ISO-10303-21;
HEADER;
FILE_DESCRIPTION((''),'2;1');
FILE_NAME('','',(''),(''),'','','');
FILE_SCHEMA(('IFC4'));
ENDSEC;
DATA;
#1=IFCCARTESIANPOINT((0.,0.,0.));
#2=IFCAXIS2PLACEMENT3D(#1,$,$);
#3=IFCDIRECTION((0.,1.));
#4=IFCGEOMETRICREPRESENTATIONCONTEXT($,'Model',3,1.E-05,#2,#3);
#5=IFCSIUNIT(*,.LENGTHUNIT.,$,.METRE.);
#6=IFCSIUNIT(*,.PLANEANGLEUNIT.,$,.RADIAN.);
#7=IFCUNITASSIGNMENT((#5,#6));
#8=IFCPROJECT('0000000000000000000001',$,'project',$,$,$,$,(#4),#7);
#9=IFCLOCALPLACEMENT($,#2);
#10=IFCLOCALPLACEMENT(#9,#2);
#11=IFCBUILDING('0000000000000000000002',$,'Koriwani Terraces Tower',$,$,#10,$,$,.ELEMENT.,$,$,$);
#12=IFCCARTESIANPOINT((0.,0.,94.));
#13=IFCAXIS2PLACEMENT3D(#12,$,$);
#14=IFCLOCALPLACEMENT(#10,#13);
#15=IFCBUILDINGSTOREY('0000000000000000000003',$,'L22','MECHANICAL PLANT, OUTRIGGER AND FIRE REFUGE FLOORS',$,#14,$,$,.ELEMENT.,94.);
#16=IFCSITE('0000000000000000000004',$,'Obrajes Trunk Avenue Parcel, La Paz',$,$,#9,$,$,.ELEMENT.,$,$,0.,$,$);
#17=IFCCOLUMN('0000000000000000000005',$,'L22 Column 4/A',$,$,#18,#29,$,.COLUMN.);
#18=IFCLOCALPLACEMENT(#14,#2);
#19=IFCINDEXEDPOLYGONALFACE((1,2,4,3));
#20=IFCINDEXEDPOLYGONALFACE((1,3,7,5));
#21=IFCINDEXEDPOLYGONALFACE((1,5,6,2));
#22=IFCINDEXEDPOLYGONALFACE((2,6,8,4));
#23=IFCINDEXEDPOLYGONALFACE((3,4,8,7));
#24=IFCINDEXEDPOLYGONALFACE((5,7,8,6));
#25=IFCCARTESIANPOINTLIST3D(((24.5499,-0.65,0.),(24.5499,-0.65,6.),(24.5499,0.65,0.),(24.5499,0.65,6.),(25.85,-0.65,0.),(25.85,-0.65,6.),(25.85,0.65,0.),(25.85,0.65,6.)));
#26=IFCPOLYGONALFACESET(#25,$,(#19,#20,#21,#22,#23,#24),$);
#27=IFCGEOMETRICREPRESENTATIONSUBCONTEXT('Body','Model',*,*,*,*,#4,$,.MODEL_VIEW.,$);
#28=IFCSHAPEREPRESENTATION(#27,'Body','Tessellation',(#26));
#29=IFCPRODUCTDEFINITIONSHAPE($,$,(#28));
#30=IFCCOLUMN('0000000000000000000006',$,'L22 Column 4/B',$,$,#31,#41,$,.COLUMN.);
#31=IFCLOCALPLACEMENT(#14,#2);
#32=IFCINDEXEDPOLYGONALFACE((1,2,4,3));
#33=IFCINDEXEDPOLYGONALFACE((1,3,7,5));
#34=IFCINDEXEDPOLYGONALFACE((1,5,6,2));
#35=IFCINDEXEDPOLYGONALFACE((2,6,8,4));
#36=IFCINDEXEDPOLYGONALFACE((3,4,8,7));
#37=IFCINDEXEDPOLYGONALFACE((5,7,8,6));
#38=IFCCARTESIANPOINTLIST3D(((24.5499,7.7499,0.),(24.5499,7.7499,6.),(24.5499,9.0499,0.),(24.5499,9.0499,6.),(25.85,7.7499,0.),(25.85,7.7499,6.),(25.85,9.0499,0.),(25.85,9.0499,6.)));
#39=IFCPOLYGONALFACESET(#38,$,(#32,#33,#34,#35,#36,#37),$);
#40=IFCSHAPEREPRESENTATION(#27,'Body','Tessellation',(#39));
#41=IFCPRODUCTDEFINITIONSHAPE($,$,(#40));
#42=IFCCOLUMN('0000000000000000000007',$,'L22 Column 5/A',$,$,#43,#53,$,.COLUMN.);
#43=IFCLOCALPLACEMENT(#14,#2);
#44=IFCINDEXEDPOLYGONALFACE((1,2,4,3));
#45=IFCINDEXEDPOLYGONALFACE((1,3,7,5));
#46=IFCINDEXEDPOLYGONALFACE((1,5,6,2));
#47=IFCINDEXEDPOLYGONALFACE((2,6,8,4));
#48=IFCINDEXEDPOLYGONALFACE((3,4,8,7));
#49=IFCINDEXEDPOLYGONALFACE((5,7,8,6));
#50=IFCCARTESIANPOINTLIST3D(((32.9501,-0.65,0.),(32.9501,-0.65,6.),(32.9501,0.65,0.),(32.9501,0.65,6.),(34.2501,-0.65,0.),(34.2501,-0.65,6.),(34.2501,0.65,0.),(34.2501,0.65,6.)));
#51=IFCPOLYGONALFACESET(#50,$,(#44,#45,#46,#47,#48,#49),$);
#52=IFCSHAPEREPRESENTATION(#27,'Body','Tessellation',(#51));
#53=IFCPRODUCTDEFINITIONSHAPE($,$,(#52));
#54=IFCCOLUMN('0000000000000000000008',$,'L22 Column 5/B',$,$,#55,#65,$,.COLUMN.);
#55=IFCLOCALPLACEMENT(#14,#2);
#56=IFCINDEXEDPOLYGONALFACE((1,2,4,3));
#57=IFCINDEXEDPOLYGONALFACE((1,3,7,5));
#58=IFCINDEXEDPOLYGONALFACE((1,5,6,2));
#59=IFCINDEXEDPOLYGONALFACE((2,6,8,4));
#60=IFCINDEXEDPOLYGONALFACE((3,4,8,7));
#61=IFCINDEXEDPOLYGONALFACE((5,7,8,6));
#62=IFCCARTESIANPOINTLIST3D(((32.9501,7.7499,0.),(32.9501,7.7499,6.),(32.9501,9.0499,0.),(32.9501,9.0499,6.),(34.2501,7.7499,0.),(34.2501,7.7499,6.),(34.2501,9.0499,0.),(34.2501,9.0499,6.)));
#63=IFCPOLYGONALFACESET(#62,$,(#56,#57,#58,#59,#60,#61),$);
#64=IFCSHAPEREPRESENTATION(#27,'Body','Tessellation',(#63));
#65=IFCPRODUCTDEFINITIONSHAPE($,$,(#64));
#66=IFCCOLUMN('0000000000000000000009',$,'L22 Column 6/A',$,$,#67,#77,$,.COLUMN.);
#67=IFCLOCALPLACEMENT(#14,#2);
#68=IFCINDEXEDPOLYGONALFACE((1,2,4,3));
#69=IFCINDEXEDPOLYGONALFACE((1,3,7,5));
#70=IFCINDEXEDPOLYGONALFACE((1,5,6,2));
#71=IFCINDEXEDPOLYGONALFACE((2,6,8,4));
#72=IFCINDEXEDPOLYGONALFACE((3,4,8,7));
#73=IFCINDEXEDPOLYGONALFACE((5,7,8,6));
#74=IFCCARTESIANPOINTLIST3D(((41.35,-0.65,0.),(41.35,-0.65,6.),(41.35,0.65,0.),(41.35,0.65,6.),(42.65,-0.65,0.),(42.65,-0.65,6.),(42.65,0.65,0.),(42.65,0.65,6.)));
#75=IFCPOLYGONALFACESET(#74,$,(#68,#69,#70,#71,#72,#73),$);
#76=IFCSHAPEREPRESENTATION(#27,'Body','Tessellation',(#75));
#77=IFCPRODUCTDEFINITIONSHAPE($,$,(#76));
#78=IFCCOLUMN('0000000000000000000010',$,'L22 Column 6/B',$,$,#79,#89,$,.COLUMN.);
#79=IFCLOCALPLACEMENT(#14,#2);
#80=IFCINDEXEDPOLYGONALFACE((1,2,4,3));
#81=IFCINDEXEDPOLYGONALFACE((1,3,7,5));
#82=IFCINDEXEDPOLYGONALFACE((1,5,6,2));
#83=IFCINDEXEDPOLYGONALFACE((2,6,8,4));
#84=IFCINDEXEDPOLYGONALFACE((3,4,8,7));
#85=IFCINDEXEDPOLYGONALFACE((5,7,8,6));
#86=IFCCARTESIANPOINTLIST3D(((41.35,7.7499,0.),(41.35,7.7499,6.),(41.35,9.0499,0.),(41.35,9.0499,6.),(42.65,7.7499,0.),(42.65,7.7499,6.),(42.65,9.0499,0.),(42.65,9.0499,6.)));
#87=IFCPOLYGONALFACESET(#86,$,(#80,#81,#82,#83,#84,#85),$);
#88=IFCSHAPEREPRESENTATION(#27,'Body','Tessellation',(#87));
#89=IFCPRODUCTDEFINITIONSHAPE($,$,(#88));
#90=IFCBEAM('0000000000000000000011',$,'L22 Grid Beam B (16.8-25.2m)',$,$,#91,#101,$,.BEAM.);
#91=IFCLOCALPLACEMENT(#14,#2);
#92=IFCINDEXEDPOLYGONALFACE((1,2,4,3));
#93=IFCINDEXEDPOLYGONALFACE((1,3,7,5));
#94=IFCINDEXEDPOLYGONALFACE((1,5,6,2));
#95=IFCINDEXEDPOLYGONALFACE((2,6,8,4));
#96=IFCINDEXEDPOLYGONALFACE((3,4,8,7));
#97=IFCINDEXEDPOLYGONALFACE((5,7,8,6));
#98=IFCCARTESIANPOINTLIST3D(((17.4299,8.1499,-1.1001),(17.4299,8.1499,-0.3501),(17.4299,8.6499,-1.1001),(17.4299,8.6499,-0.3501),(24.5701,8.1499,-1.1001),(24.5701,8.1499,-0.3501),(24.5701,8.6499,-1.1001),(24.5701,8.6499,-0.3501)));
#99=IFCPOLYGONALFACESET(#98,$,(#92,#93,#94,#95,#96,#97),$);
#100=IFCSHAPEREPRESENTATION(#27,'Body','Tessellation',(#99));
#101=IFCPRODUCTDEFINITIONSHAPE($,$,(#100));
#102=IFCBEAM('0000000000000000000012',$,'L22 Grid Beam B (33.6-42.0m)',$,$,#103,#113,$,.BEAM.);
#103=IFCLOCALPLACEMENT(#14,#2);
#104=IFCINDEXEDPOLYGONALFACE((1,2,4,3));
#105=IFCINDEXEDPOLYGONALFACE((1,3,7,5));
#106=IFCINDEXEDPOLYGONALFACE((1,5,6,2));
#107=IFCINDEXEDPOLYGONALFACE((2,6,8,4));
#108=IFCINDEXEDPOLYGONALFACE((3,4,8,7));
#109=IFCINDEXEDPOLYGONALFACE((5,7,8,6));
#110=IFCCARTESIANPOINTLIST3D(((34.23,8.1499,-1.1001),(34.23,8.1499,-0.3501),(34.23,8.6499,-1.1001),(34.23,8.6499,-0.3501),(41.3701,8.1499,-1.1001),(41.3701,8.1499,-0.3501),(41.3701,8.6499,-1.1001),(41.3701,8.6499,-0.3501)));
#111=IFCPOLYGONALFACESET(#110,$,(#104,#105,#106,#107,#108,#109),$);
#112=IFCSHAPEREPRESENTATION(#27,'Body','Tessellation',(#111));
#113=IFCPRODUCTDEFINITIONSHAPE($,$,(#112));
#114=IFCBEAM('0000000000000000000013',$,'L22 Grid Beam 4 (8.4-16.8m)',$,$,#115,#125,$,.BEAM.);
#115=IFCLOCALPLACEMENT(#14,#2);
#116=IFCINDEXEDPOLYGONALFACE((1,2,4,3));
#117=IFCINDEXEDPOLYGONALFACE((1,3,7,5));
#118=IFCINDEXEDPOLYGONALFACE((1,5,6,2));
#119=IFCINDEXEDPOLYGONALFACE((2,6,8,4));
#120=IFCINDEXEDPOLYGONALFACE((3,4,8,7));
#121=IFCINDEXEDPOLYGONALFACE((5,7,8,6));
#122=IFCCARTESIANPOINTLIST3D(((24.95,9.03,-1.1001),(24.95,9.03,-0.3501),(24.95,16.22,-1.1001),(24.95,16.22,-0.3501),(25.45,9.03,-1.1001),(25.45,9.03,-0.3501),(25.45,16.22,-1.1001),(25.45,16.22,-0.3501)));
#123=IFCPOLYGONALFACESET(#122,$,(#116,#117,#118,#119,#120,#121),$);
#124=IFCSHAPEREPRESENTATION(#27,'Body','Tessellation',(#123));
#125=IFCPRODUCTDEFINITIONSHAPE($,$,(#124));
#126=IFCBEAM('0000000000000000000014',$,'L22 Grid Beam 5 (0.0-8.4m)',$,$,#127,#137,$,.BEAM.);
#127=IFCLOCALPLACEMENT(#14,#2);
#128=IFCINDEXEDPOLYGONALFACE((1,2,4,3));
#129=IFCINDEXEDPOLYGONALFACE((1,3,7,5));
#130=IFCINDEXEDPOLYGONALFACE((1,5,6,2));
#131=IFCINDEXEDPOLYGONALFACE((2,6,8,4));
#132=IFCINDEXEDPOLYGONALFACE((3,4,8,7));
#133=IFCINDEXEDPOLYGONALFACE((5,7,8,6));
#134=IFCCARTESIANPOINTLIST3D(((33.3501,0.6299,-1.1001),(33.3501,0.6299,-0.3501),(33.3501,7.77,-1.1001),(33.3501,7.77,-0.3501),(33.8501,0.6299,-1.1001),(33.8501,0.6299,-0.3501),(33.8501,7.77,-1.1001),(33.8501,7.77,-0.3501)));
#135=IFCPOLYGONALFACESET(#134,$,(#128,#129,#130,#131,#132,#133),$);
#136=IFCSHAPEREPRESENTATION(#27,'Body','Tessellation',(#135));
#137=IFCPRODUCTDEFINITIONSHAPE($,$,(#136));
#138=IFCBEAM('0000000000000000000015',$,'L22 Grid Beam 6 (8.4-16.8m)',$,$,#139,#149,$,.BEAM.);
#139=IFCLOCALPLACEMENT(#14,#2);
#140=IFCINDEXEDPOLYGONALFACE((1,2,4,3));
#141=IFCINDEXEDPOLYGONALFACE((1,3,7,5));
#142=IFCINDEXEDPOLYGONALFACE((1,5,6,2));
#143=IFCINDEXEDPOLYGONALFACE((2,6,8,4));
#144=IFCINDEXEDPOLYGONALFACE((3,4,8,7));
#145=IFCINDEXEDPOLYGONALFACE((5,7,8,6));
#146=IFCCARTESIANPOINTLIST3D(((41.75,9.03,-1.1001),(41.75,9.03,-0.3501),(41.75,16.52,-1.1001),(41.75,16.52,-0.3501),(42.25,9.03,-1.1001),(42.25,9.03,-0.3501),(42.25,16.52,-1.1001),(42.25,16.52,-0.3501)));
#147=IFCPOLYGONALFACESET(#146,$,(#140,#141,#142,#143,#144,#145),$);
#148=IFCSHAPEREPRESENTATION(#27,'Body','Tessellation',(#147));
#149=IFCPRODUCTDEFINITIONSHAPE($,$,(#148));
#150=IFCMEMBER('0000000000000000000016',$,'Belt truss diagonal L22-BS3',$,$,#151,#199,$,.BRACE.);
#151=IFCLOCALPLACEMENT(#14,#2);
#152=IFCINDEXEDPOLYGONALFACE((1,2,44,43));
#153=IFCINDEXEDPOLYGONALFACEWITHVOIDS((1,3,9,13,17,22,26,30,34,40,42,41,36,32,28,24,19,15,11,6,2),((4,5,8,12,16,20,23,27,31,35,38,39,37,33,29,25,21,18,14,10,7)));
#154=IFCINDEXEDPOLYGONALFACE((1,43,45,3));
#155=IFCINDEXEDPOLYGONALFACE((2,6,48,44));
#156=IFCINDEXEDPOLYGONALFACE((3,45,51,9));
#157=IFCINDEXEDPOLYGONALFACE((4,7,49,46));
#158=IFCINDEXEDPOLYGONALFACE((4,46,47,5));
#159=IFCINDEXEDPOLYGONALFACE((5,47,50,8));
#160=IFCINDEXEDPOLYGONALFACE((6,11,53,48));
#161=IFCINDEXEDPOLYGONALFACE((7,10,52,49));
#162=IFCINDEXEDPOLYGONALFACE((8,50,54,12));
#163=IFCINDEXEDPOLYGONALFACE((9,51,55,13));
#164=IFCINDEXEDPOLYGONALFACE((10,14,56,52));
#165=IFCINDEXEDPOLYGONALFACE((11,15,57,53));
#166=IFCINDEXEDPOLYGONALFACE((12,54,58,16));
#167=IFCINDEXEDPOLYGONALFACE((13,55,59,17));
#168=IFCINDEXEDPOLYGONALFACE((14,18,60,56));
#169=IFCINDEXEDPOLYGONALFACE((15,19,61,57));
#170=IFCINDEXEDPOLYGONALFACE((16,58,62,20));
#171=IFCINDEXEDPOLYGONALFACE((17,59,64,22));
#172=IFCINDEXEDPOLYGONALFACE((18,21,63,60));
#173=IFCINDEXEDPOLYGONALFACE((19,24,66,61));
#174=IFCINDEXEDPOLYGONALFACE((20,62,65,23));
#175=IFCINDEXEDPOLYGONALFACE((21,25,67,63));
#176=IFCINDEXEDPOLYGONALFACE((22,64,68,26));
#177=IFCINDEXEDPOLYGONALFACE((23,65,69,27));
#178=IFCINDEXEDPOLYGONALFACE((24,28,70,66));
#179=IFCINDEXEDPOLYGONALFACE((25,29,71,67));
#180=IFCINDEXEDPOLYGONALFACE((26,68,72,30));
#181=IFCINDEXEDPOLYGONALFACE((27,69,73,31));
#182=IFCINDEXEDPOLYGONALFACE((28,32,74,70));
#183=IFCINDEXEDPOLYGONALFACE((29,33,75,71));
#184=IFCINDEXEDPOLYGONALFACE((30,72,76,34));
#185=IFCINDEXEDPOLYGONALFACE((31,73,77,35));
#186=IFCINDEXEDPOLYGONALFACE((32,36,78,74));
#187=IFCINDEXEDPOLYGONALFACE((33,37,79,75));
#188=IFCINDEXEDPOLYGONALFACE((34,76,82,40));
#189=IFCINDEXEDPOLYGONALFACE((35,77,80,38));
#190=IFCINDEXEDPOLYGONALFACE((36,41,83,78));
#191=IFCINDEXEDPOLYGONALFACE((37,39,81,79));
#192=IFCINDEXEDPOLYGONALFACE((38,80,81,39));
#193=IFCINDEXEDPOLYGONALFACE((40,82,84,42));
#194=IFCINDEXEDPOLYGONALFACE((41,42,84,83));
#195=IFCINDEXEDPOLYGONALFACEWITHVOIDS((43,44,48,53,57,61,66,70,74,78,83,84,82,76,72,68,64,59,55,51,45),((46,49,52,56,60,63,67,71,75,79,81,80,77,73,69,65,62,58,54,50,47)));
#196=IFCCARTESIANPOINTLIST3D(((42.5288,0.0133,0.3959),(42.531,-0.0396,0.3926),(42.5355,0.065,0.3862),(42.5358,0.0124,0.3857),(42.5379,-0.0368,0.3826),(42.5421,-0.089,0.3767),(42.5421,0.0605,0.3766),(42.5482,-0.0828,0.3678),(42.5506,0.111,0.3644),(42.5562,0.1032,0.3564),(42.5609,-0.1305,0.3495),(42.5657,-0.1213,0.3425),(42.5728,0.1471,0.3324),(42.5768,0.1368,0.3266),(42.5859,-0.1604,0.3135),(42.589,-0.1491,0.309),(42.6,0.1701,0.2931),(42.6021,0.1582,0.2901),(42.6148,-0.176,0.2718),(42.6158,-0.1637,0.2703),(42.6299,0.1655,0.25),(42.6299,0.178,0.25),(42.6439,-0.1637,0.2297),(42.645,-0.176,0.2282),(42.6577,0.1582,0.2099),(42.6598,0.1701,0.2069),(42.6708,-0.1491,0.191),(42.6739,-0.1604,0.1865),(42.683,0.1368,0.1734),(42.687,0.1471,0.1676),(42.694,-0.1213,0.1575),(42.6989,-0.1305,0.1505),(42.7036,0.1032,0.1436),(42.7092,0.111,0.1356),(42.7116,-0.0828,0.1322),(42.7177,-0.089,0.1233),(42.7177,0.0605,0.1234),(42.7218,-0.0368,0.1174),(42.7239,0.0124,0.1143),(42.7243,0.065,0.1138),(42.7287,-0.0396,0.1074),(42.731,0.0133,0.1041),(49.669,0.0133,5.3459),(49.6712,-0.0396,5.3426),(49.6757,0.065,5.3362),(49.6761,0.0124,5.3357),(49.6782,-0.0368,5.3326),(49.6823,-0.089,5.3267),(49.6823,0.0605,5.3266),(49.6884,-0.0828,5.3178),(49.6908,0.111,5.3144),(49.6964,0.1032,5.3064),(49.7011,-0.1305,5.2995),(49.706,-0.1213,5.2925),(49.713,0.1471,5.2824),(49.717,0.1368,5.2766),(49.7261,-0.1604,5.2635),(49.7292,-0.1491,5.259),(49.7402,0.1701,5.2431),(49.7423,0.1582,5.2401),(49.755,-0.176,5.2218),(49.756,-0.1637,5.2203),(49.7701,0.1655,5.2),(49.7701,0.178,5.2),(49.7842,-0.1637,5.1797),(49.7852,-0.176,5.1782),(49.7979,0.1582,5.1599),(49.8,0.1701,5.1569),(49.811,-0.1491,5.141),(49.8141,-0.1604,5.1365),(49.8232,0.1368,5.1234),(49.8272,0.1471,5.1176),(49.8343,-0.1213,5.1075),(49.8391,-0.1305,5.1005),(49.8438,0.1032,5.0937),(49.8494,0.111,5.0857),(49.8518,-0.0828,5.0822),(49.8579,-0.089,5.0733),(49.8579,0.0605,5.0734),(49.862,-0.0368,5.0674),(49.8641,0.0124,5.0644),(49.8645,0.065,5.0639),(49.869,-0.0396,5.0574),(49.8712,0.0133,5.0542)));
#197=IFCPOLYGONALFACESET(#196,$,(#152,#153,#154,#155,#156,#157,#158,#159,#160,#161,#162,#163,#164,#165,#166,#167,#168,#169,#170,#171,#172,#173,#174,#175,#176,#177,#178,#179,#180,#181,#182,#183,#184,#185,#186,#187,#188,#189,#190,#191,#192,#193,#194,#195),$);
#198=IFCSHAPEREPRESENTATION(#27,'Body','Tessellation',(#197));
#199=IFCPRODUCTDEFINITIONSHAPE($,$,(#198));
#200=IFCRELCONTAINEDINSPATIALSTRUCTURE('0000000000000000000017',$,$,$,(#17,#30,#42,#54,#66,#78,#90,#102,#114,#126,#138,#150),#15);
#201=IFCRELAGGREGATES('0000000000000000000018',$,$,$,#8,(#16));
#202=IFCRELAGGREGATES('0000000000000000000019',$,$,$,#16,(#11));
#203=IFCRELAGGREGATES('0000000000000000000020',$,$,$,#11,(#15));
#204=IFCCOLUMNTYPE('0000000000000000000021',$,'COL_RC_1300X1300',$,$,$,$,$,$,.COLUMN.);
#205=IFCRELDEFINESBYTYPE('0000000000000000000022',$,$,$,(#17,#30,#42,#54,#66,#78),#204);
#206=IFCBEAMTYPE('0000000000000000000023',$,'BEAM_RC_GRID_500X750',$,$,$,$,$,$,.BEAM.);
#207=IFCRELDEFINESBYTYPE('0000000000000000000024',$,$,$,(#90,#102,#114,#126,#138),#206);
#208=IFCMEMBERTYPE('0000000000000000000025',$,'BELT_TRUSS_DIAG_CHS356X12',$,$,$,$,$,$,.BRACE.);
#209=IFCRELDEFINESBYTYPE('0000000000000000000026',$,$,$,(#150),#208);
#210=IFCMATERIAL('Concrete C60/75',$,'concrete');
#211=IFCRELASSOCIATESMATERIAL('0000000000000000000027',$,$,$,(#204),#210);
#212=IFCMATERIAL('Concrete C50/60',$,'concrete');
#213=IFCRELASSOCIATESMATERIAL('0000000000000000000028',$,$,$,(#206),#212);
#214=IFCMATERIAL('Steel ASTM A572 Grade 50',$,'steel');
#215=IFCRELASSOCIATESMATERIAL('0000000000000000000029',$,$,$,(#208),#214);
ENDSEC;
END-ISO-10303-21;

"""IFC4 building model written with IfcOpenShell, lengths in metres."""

from ifc_helpers import new_model, si_unit, direction, frame, origin, origin_2d, place, context, subcontext, project, spatial, rectangle, hollow_circle, extrude, material, material_profile, profile_set, type_object, element, save


model = new_model("IFC4")

# Units and contexts
model_context = context("Model", 3, precision=1e-05, world=origin(), true_north=direction((0.0, 1.0)))
body_context = subcontext(model_context, "Body", "Model", "MODEL_VIEW")
ifc_project = project(units=[si_unit("LENGTHUNIT", "METRE"), si_unit("PLANEANGLEUNIT", "RADIAN")], contexts=[model_context])

# Site, building, storey
site_placement = place(None, origin())
site = spatial("IfcSite", under=ifc_project, at=site_placement, Name="Obrajes Trunk Avenue Parcel, La Paz", CompositionType="ELEMENT", RefElevation=0.0)
building_placement = place(site_placement, origin())
building = spatial("IfcBuilding", under=site, at=building_placement, Name="Koriwani Terraces Tower", CompositionType="ELEMENT")
storey_placement = place(building_placement, frame((0.0, 0.0, 94.0)))
storey = spatial("IfcBuildingStorey", under=building, at=storey_placement, Name="L22", Description="MECHANICAL PLANT, OUTRIGGER AND FIRE REFUGE FLOORS", CompositionType="ELEMENT", Elevation=94.0)

# Columns
ifc_material_1 = material(Name="Concrete C60/75", Category="concrete")
ifc_material_profile_1 = material_profile(ifc_material_1, rectangle(XDim=1.3, YDim=1.3, at=origin_2d()), Name="Concrete C60/75", Category="LoadBearing")
ifc_profile_set_1 = profile_set([ifc_material_profile_1], Name="Concrete C60/75")
column_type = type_object("IfcColumnType", Name="COL_RC_1300X1300", PredefinedType="COLUMN", material=ifc_profile_set_1)
for number, where, z_axis, x_axis, name in (
    (1, (25.2, 0.0, 0.0), (0.0, 0.0, 1.0), (1.0, 0.0, 0.0), "L22 Column 4/A"),
    (2, (25.2, 8.3999, 0.0), (0.0, 0.0, 1.0), (1.0, 0.0, 0.0), "L22 Column 4/B"),
    (3, (33.6001, 0.0, 0.0), (0.0, 0.0, 1.0), (1.0, 0.0, 0.0), "L22 Column 5/A"),
    (4, (33.6001, 8.3999, 0.0), (0.0, 0.0, 1.0), (1.0, 0.0, 0.0), "L22 Column 5/B"),
    (5, (42.0, 0.0, 0.0), (0.0, 0.0, 1.0), (1.0, 0.0, 0.0), "L22 Column 6/A"),
    (6, (42.0, 8.3999, 0.0), (0.0, 0.0, 1.0), (1.0, 0.0, 0.0), "L22 Column 6/B"),
):
    element("IfcColumn", number, at=place(storey_placement, frame(where, z_axis=z_axis, x_axis=x_axis)), inside=storey, type_object=column_type, Name=name, PredefinedType="COLUMN", context=body_context, shape_type="SweptSolid", body=[
        extrude(rectangle(XDim=1.3, YDim=1.3, at=origin_2d()), origin(), (0.0, 0.0, 1.0), 6.0),
    ])

# Beams
ifc_material_2 = material(Name="Concrete C50/60", Category="concrete")
ifc_material_profile_2 = material_profile(ifc_material_2, rectangle(XDim=0.5, YDim=0.75, at=origin_2d()), Name="Concrete C50/60", Category="LoadBearing")
ifc_profile_set_2 = profile_set([ifc_material_profile_2], Name="Concrete C50/60")
beam_type_1 = type_object("IfcBeamType", Name="BEAM_RC_GRID_500X750", PredefinedType="BEAM", material=ifc_profile_set_2)
for number, where, z_axis, x_axis, name in (
    (7, (17.4299, 8.3999, -0.7251), (1.0, 0.0, 0.0), (0.0, 1.0, 0.0), "L22 Grid Beam B (16.8-25.2m)"),
    (8, (34.23, 8.3999, -0.7251), (1.0, 0.0, 0.0), (0.0, 1.0, 0.0), "L22 Grid Beam B (33.6-42.0m)"),
):
    element("IfcBeam", number, at=place(storey_placement, frame(where, z_axis=z_axis, x_axis=x_axis)), inside=storey, type_object=beam_type_1, Name=name, PredefinedType="BEAM", context=body_context, shape_type="SweptSolid", body=[
        extrude(rectangle(XDim=0.5, YDim=0.75, at=origin_2d()), origin(), (0.0, 0.0, 1.0), 7.1401),
    ])
beam_1_placement = place(storey_placement, frame((25.2, 9.03, -0.7251), z_axis=(0.0, 1.0, 0.0), x_axis=(-1.0, 0.0, 0.0)))
element("IfcBeam", 9, at=beam_1_placement, inside=storey, type_object=beam_type_1, Name="L22 Grid Beam 4 (8.4-16.8m)", PredefinedType="BEAM", context=body_context, shape_type="SweptSolid", body=[
    extrude(rectangle(XDim=0.5, YDim=0.75, at=origin_2d()), origin(), (0.0, 0.0, 1.0), 7.1899),
])
beam_2_placement = place(storey_placement, frame((33.6001, 0.6299, -0.7251), z_axis=(0.0, 1.0, 0.0), x_axis=(-1.0, 0.0, 0.0)))
element("IfcBeam", 10, at=beam_2_placement, inside=storey, type_object=beam_type_1, Name="L22 Grid Beam 5 (0.0-8.4m)", PredefinedType="BEAM", context=body_context, shape_type="SweptSolid", body=[
    extrude(rectangle(XDim=0.5, YDim=0.75, at=origin_2d()), origin(), (0.0, 0.0, 1.0), 7.1401),
])
beam_3_placement = place(storey_placement, frame((42.0, 9.03, -0.7251), z_axis=(0.0, 1.0, 0.0), x_axis=(-1.0, 0.0, 0.0)))
element("IfcBeam", 11, at=beam_3_placement, inside=storey, type_object=beam_type_1, Name="L22 Grid Beam 6 (8.4-16.8m)", PredefinedType="BEAM", context=body_context, shape_type="SweptSolid", body=[
    extrude(rectangle(XDim=0.5, YDim=0.75, at=origin_2d()), origin(), (0.0, 0.0, 1.0), 7.49),
])

# Member
ifc_material_3 = material(Name="Steel ASTM A572 Grade 50", Category="steel")
ifc_material_profile_3 = material_profile(ifc_material_3, hollow_circle(Radius=0.178, WallThickness=0.0125, at=origin_2d()), Name="Steel ASTM A572 Grade 50", Category="LoadBearing")
ifc_profile_set_3 = profile_set([ifc_material_profile_3], Name="Steel ASTM A572 Grade 50")
member_type_1 = type_object("IfcMemberType", Name="BELT_TRUSS_DIAG_CHS356X12", PredefinedType="BRACE", material=ifc_profile_set_3)
member_1_placement = place(storey_placement, frame((42.6299, 0.0, 0.25), z_axis=(0.821827, 0.0, 0.569737), x_axis=(0.0, 1.0, 0.0)))
element("IfcMember", 12, at=member_1_placement, inside=storey, type_object=member_type_1, Name="Belt truss diagonal L22-BS3", PredefinedType="BRACE", context=body_context, shape_type="SweptSolid", body=[
    extrude(hollow_circle(Radius=0.178, WallThickness=0.0125, at=origin_2d()), origin(), (0.0, 0.0, 1.0), 8.6882),
])

save(model, "model.ifc")
